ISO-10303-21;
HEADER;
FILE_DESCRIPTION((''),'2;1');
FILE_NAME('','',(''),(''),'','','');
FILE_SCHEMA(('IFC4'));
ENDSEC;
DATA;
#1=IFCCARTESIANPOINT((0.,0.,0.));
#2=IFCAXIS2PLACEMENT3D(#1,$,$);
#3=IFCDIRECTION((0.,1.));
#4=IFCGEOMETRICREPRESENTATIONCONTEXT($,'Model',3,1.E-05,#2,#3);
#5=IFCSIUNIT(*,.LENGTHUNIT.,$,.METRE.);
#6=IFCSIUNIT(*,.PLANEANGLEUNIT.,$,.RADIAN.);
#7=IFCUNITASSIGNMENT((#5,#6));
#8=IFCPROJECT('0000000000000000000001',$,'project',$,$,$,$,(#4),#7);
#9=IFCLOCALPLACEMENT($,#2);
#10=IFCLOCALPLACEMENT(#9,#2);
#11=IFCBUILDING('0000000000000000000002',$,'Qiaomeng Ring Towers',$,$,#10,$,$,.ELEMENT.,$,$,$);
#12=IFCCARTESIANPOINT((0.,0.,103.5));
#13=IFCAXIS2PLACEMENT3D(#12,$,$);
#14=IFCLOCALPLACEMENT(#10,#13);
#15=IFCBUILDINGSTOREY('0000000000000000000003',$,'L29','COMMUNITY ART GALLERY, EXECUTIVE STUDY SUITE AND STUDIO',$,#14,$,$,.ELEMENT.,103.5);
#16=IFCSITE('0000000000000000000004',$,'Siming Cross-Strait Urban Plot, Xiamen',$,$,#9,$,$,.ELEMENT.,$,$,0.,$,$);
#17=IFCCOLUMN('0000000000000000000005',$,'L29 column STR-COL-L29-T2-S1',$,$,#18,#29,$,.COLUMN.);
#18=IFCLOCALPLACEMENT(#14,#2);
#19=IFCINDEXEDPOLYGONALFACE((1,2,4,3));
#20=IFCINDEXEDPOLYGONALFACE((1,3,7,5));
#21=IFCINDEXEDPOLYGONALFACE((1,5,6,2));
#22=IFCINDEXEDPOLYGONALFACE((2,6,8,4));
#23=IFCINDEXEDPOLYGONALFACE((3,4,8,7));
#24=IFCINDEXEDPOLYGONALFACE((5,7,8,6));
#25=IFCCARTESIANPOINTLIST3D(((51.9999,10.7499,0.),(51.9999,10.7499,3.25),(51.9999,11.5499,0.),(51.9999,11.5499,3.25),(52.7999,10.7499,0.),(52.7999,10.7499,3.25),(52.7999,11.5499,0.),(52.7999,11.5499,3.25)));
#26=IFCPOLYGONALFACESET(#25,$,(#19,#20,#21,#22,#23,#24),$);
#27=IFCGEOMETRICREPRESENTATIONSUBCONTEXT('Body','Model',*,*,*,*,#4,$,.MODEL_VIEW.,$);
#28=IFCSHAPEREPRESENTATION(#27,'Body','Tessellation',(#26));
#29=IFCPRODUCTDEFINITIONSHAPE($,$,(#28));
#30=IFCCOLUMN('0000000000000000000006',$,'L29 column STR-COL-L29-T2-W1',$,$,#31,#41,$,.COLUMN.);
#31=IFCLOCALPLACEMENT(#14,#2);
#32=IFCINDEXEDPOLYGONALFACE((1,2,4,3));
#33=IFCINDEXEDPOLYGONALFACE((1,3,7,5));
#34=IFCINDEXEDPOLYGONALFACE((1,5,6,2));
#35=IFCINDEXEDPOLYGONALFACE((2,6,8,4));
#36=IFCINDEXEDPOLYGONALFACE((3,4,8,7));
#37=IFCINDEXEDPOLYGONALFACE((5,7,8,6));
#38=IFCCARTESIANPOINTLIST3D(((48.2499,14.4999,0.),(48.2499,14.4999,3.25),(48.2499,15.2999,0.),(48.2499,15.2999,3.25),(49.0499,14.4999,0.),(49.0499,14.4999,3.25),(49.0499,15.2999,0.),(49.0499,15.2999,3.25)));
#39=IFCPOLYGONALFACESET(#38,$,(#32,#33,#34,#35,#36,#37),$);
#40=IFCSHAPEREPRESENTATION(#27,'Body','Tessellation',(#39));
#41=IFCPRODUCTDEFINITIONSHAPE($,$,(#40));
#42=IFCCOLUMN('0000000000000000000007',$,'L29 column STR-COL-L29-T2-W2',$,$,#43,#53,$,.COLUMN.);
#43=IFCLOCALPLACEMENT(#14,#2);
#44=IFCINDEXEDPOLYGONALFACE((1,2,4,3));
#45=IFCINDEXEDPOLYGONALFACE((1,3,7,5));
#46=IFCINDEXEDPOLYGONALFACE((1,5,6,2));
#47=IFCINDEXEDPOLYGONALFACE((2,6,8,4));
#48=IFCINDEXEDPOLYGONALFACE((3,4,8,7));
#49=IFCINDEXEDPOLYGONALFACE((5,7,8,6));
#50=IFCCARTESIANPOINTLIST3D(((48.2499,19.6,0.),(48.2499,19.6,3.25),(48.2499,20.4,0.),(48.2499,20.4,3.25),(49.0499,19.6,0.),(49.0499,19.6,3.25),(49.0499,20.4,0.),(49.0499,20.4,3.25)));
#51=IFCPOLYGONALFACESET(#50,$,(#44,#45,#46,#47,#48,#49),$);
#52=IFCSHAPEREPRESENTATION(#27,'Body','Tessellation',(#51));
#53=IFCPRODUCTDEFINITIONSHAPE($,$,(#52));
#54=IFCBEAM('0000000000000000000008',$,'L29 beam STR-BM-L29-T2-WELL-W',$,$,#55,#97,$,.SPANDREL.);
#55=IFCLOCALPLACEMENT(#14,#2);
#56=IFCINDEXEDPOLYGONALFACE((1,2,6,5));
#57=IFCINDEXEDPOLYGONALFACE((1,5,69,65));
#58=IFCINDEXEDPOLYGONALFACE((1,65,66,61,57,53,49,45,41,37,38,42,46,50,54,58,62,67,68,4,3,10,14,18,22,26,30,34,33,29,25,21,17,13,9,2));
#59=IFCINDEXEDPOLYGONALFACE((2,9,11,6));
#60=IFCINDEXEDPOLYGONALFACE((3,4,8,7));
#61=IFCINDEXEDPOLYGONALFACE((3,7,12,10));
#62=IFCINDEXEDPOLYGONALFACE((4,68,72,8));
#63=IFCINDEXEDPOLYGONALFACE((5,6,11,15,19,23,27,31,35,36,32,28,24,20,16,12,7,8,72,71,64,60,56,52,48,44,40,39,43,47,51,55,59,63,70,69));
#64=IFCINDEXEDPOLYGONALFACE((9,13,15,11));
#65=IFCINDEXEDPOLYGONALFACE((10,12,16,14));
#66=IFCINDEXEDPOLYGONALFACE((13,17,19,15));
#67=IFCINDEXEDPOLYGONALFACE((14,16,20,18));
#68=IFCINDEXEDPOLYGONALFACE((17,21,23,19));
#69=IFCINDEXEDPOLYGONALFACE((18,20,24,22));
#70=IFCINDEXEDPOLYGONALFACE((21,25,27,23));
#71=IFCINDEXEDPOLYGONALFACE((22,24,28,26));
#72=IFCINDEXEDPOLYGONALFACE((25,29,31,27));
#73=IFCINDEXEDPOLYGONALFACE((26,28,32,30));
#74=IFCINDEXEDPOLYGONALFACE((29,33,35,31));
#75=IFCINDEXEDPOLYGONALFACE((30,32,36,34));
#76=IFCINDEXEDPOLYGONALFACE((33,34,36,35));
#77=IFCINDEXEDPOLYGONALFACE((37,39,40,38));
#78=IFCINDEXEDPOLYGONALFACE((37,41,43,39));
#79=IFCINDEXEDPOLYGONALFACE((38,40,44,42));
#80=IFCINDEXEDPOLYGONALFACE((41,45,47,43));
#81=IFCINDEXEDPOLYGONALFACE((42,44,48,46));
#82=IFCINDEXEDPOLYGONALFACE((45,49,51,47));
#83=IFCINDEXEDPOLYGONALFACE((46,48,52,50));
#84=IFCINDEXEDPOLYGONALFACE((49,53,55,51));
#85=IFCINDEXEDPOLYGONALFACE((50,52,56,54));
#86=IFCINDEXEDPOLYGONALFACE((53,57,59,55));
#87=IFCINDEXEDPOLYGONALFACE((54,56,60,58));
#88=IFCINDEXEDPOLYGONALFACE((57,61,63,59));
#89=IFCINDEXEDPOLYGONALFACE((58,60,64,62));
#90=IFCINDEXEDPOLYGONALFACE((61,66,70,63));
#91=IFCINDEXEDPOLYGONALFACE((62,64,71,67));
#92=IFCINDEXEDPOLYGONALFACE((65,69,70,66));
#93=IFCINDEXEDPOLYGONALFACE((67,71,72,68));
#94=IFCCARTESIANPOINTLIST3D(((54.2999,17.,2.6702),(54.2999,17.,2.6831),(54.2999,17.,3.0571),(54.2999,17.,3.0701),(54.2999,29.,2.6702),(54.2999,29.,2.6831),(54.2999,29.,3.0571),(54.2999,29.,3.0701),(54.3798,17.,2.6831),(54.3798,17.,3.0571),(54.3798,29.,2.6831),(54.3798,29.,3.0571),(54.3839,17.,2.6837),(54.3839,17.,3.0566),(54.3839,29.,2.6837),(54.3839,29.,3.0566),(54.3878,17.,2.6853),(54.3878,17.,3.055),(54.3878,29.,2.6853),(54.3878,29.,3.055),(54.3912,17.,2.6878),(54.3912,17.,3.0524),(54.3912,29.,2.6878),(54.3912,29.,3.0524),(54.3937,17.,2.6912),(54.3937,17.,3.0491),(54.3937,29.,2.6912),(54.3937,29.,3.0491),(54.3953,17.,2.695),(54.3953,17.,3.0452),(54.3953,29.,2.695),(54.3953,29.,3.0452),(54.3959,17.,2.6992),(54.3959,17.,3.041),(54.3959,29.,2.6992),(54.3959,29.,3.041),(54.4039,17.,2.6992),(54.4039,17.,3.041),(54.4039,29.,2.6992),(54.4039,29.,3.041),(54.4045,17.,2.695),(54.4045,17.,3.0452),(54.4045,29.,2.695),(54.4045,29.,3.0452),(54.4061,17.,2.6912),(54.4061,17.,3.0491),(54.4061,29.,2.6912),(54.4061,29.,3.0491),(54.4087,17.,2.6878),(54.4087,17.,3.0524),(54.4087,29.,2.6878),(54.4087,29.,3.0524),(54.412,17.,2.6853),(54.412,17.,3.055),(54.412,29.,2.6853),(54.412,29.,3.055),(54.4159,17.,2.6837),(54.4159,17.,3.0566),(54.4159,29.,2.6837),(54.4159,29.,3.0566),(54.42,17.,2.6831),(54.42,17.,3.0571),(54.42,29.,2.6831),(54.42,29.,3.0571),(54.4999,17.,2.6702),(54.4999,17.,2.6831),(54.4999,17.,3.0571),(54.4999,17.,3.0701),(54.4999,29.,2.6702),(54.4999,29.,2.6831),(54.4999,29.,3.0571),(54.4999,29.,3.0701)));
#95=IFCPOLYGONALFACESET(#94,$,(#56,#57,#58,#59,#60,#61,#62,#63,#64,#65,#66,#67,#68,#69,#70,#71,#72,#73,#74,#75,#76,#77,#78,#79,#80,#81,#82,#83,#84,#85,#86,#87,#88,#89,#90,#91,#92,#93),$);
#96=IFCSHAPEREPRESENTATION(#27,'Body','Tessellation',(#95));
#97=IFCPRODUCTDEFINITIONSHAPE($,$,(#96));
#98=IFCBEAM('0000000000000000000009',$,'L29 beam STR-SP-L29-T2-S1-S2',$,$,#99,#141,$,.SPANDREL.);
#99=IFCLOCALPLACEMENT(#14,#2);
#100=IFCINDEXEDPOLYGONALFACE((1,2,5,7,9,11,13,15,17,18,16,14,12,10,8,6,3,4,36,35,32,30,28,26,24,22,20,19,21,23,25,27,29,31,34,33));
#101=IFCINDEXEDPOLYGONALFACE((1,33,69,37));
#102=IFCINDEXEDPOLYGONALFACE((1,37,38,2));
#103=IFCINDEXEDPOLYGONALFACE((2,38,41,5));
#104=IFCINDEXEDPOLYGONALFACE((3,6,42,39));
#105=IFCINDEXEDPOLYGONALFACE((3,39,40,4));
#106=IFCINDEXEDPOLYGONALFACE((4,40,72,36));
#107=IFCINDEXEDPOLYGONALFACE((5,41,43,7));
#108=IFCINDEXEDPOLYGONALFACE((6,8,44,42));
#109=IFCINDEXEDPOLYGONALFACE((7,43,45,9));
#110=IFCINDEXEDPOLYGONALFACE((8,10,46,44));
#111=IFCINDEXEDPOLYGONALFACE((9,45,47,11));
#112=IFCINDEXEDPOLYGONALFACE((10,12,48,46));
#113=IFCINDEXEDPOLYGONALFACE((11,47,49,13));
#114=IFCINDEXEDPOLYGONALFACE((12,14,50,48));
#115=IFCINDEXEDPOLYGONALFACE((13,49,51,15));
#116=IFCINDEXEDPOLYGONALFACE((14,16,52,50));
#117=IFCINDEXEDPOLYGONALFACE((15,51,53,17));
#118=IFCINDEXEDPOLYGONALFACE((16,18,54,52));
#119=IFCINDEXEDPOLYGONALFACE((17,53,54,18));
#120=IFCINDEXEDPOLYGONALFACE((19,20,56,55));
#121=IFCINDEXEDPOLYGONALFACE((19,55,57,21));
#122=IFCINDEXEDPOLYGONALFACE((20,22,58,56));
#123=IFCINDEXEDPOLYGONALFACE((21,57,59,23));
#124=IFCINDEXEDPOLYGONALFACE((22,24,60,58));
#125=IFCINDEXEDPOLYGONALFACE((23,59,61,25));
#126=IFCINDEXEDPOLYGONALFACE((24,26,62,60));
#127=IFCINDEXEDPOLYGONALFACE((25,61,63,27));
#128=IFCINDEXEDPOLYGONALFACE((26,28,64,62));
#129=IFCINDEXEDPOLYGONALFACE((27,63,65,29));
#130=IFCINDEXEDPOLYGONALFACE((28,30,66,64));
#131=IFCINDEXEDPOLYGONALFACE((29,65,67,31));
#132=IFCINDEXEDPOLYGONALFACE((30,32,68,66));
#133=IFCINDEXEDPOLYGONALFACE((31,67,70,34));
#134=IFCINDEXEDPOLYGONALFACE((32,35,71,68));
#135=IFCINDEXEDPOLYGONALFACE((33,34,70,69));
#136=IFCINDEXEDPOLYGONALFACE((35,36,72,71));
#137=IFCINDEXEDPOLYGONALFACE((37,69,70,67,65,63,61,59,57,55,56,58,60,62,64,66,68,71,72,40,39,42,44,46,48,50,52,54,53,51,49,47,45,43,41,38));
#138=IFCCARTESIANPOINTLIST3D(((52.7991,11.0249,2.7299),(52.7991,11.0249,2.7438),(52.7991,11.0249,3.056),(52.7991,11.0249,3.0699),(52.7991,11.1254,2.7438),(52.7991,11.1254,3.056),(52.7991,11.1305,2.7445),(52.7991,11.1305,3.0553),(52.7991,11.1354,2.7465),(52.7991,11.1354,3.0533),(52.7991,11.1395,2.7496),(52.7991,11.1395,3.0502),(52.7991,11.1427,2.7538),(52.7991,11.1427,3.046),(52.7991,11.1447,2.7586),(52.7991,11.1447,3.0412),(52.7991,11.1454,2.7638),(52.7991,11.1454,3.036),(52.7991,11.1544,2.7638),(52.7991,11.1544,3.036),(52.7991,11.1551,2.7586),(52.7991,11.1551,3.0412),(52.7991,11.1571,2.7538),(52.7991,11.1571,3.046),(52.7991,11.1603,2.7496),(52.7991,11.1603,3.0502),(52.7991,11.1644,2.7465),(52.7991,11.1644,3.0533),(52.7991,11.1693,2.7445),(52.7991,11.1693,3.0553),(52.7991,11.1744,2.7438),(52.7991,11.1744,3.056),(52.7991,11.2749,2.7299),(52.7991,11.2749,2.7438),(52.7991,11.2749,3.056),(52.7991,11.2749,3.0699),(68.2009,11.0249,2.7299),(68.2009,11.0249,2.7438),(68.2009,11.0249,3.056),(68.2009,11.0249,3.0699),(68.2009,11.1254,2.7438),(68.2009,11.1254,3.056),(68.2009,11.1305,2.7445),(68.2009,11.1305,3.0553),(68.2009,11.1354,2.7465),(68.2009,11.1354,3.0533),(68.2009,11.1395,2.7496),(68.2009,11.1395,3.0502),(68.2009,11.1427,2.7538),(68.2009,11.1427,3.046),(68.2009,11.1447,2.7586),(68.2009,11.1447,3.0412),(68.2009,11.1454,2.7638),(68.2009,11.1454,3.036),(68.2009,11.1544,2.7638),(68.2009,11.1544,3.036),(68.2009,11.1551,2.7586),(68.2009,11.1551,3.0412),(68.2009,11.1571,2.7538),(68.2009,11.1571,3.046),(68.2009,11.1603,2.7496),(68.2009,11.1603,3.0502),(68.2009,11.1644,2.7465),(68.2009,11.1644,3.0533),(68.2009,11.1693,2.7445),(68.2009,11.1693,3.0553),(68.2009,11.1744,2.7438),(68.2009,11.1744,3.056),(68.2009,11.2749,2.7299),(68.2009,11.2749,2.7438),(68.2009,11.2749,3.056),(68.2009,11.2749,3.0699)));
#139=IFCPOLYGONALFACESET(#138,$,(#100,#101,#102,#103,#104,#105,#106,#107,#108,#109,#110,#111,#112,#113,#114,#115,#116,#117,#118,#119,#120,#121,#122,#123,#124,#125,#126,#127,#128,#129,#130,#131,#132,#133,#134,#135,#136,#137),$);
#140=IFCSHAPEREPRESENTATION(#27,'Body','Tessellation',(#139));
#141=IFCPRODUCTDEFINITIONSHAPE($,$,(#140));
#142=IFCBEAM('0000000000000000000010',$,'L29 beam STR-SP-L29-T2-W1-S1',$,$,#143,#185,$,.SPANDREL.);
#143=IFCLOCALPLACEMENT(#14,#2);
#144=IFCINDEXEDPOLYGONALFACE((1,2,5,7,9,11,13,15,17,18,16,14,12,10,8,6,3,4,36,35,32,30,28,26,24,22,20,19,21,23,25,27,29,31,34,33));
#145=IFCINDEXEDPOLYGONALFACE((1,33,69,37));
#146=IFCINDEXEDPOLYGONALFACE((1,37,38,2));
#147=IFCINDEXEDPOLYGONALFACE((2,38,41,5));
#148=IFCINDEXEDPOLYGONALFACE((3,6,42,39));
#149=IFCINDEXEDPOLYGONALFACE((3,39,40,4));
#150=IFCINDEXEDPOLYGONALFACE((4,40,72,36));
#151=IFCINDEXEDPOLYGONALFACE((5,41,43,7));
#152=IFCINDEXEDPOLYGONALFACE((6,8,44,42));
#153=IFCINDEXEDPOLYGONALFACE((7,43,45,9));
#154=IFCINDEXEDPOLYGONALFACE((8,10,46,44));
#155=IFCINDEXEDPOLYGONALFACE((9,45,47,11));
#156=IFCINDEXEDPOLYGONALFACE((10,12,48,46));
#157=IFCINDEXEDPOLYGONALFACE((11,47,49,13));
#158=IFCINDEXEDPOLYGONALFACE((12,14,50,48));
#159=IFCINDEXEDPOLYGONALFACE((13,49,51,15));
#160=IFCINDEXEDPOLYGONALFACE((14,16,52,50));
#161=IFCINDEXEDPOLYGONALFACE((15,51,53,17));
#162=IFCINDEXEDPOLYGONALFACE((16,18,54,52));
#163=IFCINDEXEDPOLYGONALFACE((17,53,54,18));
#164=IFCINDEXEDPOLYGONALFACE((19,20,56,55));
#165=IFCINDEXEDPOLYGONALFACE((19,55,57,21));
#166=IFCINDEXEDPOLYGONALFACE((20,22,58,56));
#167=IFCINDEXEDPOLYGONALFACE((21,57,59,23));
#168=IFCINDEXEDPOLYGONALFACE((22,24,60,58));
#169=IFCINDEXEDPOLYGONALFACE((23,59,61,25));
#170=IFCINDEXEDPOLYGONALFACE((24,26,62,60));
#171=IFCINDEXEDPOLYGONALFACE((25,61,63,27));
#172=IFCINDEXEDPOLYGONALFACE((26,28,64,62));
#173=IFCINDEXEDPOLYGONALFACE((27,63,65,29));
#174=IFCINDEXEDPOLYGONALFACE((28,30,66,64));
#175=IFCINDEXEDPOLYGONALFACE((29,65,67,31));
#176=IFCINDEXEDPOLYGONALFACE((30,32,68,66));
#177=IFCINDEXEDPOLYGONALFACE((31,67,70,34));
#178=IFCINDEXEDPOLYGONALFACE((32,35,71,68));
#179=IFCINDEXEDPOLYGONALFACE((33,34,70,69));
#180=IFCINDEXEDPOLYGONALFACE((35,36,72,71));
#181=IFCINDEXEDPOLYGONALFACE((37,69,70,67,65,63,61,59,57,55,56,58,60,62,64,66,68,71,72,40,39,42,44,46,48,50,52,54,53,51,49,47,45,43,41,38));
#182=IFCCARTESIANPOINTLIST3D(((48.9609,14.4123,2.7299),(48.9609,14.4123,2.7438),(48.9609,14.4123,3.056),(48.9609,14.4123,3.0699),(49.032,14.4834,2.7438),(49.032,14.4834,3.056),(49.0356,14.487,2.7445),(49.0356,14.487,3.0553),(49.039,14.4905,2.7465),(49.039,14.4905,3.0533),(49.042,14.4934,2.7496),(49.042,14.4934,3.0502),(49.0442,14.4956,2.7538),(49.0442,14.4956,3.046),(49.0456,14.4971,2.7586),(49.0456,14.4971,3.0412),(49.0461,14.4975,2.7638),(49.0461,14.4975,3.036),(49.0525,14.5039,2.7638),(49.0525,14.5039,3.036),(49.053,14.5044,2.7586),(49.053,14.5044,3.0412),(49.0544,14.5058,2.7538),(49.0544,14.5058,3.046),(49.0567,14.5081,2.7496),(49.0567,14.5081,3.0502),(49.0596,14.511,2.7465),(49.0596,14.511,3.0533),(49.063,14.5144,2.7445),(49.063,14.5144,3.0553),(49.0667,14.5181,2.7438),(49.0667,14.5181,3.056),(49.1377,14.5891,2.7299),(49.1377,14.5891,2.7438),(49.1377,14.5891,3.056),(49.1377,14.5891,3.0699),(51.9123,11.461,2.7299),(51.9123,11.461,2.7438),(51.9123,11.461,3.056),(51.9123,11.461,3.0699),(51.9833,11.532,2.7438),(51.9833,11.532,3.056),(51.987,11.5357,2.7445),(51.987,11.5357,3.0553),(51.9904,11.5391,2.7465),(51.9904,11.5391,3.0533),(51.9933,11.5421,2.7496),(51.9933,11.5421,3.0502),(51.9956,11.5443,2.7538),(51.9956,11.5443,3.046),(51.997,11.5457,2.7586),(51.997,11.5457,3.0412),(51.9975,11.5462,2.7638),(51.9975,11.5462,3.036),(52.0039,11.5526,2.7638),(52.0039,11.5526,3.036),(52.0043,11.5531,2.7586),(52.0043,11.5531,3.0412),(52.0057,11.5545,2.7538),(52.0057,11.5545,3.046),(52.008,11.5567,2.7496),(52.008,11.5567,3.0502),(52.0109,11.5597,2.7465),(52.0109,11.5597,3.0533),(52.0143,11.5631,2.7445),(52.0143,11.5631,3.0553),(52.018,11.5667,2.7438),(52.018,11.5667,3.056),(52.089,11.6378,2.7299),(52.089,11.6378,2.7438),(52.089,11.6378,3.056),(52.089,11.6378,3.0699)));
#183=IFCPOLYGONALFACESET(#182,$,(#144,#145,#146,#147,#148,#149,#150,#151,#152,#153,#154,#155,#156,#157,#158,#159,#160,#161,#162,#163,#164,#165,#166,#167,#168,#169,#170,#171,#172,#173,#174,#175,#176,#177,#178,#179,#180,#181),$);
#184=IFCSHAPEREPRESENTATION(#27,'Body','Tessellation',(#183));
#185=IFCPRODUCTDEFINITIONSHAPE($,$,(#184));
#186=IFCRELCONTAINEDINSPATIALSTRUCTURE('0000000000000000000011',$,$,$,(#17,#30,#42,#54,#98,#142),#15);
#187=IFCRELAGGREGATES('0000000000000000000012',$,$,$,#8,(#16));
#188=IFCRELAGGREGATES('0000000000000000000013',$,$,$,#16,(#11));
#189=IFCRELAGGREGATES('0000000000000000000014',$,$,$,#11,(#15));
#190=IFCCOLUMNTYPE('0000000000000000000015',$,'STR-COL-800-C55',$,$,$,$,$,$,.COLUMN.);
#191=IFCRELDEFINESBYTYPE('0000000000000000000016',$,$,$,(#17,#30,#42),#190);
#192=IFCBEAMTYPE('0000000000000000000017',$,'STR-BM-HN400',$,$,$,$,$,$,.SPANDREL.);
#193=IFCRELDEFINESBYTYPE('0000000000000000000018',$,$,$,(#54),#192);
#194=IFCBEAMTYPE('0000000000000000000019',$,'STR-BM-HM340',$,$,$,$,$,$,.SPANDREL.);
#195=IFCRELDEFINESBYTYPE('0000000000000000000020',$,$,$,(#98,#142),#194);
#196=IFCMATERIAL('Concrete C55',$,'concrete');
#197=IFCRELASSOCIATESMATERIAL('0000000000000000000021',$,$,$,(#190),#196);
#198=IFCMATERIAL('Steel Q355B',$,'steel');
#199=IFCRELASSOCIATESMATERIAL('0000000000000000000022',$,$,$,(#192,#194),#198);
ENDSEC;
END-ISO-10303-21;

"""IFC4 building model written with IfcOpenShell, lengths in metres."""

from ifc_helpers import new_model, si_unit, direction, frame, origin, origin_2d, place, context, subcontext, project, spatial, rectangle, i_section, extrude, source, transform, mapped, material, material_profile, profile_set, type_object, element, save


model = new_model("IFC4")

# Units and contexts
model_context = context("Model", 3, precision=1e-05, world=origin(), true_north=direction((0.0, 1.0)))
body_context = subcontext(model_context, "Body", "Model", "MODEL_VIEW")
ifc_project = project(units=[si_unit("LENGTHUNIT", "METRE"), si_unit("PLANEANGLEUNIT", "RADIAN")], contexts=[model_context])

# Site, building, storey
site_placement = place(None, origin())
site = spatial("IfcSite", under=ifc_project, at=site_placement, Name="Siming Cross-Strait Urban Plot, Xiamen", CompositionType="ELEMENT", RefElevation=0.0)
building_placement = place(site_placement, origin())
building = spatial("IfcBuilding", under=site, at=building_placement, Name="Qiaomeng Ring Towers", CompositionType="ELEMENT")
storey_placement = place(building_placement, frame((0.0, 0.0, 103.5)))
storey = spatial("IfcBuildingStorey", under=building, at=storey_placement, Name="L29", Description="COMMUNITY ART GALLERY, EXECUTIVE STUDY SUITE AND STUDIO", CompositionType="ELEMENT", Elevation=103.5)

# Columns
ifc_material_1 = material(Name="Concrete C55", Category="concrete")
ifc_material_profile_1 = material_profile(ifc_material_1, rectangle(XDim=0.8, YDim=0.8, at=origin_2d()), Name="RC COL 800x800")
ifc_profile_set_1 = profile_set([ifc_material_profile_1], Name="Concrete C55")
column_type = type_object("IfcColumnType", Name="STR-COL-800-C55", PredefinedType="COLUMN", material=ifc_profile_set_1)
shared_shape_1 = source(origin(), body_context, "Body", "SweptSolid", [
    extrude(rectangle(XDim=0.8, YDim=0.8, at=origin_2d()), origin(), (0.0, 0.0, 1.0), 3.25),
])
for number, where, z_axis, x_axis, name in (
    (1, (52.3999, 11.1499, 0.0), (0.0, 0.0, 1.0), (1.0, 0.0, 0.0), "L29 column STR-COL-L29-T2-S1"),
    (2, (48.6499, 14.8999, 0.0), (0.0, 0.0, 1.0), (1.0, 0.0, 0.0), "L29 column STR-COL-L29-T2-W1"),
    (3, (48.6499, 20.0, 0.0), (0.0, 0.0, 1.0), (1.0, 0.0, 0.0), "L29 column STR-COL-L29-T2-W2"),
):
    element("IfcColumn", number, at=place(storey_placement, frame(where, z_axis=z_axis, x_axis=x_axis)), inside=storey, type_object=column_type, Name=name, PredefinedType="COLUMN", context=body_context, shape_type="MappedRepresentation", body=[
        mapped(shared_shape_1, transform((0.0, 0.0, 0.0), x_axis=(1.0, 0.0, 0.0), y_axis=(0.0, 1.0, 0.0), z_axis=(0.0, 0.0, 1.0), scale=1.0)),
    ])

# Beams
ifc_material_2 = material(Name="Steel Q355B", Category="steel")
ifc_material_profile_2 = material_profile(ifc_material_2, i_section(OverallWidth=0.2, OverallDepth=0.3999, WebThickness=0.0081, FlangeThickness=0.0129, FilletRadius=0.0161, at=origin_2d()), Name="HN 400x200x8x13")
ifc_profile_set_2 = profile_set([ifc_material_profile_2], Name="Steel Q355B")
beam_type_1 = type_object("IfcBeamType", Name="STR-BM-HN400", PredefinedType="SPANDREL", material=ifc_profile_set_2)
shared_shape_2 = source(origin(), body_context, "Body", "SweptSolid", [
    extrude(i_section(OverallWidth=0.2, OverallDepth=0.3999, WebThickness=0.0081, FlangeThickness=0.0129, FilletRadius=0.0161, at=origin_2d()), origin(), (0.0, 0.0, 1.0), 12.0),
])
beam_1_placement = place(storey_placement, frame((54.3999, 17.0, 2.8701), z_axis=(0.0, 1.0, 0.0), x_axis=(-1.0, 0.0, 0.0)))
element("IfcBeam", 4, at=beam_1_placement, inside=storey, type_object=beam_type_1, Name="L29 beam STR-BM-L29-T2-WELL-W", PredefinedType="SPANDREL", context=body_context, shape_type="MappedRepresentation", body=[
    mapped(shared_shape_2, transform((0.0, 0.0, 0.0), x_axis=(1.0, 0.0, 0.0), y_axis=(0.0, 1.0, 0.0), z_axis=(0.0, 0.0, 1.0), scale=1.0)),
])
ifc_material_profile_3 = material_profile(ifc_material_2, i_section(OverallWidth=0.25, OverallDepth=0.3401, WebThickness=0.009, FlangeThickness=0.0139, FilletRadius=0.02, at=origin_2d()), Name="HM 340x250x9x14")
ifc_profile_set_3 = profile_set([ifc_material_profile_3], Name="Steel Q355B")
beam_type_2 = type_object("IfcBeamType", Name="STR-BM-HM340", PredefinedType="SPANDREL", material=ifc_profile_set_3)
shared_shape_3 = source(origin(), body_context, "Body", "SweptSolid", [
    extrude(i_section(OverallWidth=0.25, OverallDepth=0.3401, WebThickness=0.009, FlangeThickness=0.0139, FilletRadius=0.02, at=origin_2d()), origin(), (0.0, 0.0, 1.0), 15.4019),
])
beam_2_placement = place(storey_placement, frame((52.7991, 11.1499, 2.8999), z_axis=(1.0, 0.0, 0.0), x_axis=(0.0, 1.0, 0.0)))
element("IfcBeam", 5, at=beam_2_placement, inside=storey, type_object=beam_type_2, Name="L29 beam STR-SP-L29-T2-S1-S2", PredefinedType="SPANDREL", context=body_context, shape_type="MappedRepresentation", body=[
    mapped(shared_shape_3, transform((0.0, 0.0, 0.0), x_axis=(1.0, 0.0, 0.0), y_axis=(0.0, 1.0, 0.0), z_axis=(0.0, 0.0, 1.0), scale=1.0)),
])
shared_shape_4 = source(origin(), body_context, "Body", "SweptSolid", [
    extrude(i_section(OverallWidth=0.25, OverallDepth=0.3401, WebThickness=0.009, FlangeThickness=0.0139, FilletRadius=0.02, at=origin_2d()), origin(), (0.0, 0.0, 1.0), 4.1738),
])
beam_3_placement = place(storey_placement, frame((49.0493, 14.5007, 2.8999), z_axis=(0.707107, -0.707107, 0.0), x_axis=(0.707107, 0.707107, 0.0)))
element("IfcBeam", 6, at=beam_3_placement, inside=storey, type_object=beam_type_2, Name="L29 beam STR-SP-L29-T2-W1-S1", PredefinedType="SPANDREL", context=body_context, shape_type="MappedRepresentation", body=[
    mapped(shared_shape_4, transform((0.0, 0.0, 0.0), x_axis=(1.0, 0.0, 0.0), y_axis=(0.0, 1.0, 0.0), z_axis=(0.0, 0.0, 1.0), scale=1.0)),
])

save(model, "model.ifc")
